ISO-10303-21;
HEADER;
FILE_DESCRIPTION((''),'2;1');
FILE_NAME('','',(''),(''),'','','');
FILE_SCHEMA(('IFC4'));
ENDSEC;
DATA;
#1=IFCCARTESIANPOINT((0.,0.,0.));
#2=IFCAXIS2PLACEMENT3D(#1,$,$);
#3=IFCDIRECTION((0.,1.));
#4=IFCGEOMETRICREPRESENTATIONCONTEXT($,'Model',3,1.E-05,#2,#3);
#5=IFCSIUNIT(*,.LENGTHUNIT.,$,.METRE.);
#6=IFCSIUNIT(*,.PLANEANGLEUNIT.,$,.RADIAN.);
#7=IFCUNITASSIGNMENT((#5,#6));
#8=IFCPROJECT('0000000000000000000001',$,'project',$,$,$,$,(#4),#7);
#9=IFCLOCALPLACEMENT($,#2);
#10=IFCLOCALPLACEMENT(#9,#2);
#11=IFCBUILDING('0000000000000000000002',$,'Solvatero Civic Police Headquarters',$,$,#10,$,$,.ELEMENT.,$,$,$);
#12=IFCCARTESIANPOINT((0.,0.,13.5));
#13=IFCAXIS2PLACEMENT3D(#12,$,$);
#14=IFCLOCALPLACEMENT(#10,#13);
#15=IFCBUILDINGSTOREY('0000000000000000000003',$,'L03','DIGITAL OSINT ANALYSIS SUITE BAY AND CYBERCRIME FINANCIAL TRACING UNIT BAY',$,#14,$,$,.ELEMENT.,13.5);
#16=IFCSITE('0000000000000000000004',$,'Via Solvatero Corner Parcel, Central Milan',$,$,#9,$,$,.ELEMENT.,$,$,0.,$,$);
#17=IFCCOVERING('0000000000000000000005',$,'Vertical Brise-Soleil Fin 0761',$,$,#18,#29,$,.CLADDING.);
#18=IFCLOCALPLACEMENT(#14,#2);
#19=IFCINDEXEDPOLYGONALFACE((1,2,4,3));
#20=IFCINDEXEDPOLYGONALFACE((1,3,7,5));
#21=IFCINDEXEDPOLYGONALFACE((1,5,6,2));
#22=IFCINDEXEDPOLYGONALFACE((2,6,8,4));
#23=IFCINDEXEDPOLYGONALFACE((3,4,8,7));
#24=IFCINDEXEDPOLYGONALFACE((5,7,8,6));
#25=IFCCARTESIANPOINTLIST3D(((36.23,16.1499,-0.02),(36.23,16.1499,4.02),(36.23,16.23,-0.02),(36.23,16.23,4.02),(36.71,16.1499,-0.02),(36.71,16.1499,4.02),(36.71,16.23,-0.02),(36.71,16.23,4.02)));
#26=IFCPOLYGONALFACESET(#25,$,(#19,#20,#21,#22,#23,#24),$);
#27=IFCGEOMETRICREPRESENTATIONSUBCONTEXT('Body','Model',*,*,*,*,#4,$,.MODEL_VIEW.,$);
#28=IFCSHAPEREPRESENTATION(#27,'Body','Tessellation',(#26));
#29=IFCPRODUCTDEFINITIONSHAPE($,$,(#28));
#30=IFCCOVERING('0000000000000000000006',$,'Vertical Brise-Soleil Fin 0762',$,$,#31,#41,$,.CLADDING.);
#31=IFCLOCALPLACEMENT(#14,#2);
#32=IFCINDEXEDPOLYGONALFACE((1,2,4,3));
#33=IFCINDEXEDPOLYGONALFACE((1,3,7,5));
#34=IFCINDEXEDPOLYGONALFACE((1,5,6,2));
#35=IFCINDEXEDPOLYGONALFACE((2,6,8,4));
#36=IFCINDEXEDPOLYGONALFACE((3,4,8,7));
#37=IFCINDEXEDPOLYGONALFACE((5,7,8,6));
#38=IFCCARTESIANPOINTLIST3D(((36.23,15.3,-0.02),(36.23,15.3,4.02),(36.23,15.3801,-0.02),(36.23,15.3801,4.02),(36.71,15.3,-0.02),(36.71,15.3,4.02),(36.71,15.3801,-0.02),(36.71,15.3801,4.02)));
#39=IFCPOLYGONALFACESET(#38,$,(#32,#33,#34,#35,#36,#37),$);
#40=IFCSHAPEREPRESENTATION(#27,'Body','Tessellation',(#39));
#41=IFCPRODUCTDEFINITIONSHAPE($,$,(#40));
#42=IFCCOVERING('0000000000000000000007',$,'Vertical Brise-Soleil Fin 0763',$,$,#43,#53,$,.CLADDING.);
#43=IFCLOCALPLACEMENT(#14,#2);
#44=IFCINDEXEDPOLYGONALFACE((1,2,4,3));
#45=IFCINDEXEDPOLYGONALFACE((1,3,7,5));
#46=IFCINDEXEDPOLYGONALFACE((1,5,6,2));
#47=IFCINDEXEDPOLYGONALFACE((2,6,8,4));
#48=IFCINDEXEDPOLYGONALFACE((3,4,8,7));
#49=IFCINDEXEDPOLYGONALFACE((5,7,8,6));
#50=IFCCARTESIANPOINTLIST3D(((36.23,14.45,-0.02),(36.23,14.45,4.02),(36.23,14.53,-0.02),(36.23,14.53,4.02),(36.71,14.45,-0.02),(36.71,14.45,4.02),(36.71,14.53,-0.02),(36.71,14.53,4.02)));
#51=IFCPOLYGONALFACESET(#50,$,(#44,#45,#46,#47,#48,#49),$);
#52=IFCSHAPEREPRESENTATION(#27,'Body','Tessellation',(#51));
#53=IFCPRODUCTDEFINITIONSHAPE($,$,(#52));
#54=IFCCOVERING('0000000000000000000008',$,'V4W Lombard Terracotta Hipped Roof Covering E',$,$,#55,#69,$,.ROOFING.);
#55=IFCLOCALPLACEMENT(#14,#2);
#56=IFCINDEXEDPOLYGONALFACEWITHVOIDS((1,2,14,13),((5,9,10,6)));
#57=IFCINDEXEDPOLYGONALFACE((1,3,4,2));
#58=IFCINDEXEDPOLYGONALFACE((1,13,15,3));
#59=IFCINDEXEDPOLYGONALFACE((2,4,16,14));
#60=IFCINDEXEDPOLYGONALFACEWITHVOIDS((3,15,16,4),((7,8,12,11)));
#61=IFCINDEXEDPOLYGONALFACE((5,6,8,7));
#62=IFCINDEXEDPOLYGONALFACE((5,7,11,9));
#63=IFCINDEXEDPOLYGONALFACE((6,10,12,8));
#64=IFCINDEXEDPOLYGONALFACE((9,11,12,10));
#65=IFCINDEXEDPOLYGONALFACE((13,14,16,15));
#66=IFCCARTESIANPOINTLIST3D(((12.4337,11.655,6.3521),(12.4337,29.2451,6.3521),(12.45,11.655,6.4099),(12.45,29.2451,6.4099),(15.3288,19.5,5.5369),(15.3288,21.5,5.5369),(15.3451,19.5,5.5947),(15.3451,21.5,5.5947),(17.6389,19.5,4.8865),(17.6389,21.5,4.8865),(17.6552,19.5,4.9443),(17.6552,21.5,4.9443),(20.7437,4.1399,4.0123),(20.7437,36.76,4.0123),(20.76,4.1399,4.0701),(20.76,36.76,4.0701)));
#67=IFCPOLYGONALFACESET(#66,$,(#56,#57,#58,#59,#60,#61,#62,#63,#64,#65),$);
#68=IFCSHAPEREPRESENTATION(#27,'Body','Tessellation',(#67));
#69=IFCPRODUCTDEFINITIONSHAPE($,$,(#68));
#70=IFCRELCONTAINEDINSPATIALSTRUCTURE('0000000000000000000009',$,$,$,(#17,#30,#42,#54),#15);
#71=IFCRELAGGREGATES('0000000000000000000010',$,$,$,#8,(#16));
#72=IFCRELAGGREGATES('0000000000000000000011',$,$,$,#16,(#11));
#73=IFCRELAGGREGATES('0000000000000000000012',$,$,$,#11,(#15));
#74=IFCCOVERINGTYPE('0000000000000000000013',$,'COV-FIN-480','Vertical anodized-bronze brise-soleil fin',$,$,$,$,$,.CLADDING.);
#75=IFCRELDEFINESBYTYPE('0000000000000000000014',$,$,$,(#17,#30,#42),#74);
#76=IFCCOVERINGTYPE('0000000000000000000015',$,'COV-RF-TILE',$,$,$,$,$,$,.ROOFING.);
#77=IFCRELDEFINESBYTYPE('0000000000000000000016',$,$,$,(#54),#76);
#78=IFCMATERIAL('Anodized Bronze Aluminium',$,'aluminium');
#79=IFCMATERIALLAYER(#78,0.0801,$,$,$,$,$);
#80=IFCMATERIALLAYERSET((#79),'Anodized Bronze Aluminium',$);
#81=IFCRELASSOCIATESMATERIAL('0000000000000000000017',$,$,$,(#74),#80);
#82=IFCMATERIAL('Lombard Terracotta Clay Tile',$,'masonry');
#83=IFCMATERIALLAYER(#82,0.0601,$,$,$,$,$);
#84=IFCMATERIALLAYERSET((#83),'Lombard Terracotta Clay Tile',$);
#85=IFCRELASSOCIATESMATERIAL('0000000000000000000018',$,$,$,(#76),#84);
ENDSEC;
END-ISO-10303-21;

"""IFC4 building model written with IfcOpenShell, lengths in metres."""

from ifc_helpers import new_model, si_unit, direction, frame, origin, origin_2d, place, context, subcontext, project, spatial, polyline, rectangle, outline, extrude, material, layer, layer_set, type_object, element, save


model = new_model("IFC4")

# Units and contexts
model_context = context("Model", 3, precision=1e-05, world=origin(), true_north=direction((0.0, 1.0)))
body_context = subcontext(model_context, "Body", "Model", "MODEL_VIEW")
ifc_project = project(units=[si_unit("LENGTHUNIT", "METRE"), si_unit("PLANEANGLEUNIT", "RADIAN")], contexts=[model_context])

# Site, building, storey
site_placement = place(None, origin())
site = spatial("IfcSite", under=ifc_project, at=site_placement, Name="Via Solvatero Corner Parcel, Central Milan", CompositionType="ELEMENT", RefElevation=0.0)
building_placement = place(site_placement, origin())
building = spatial("IfcBuilding", under=site, at=building_placement, Name="Solvatero Civic Police Headquarters", CompositionType="ELEMENT")
storey_placement = place(building_placement, frame((0.0, 0.0, 13.5)))
storey = spatial("IfcBuildingStorey", under=building, at=storey_placement, Name="L03", Description="DIGITAL OSINT ANALYSIS SUITE BAY AND CYBERCRIME FINANCIAL TRACING UNIT BAY", CompositionType="ELEMENT", Elevation=13.5)

# Coverings
ifc_material_1 = material(Name="Anodized Bronze Aluminium", Category="aluminium")
ifc_layer_1 = layer(ifc_material_1, 0.0801)
ifc_layer_set_1 = layer_set([ifc_layer_1], Name="Anodized Bronze Aluminium")
covering_type_1 = type_object("IfcCoveringType", Name="COV-FIN-480", Description="Vertical anodized-bronze brise-soleil fin", PredefinedType="CLADDING", material=ifc_layer_set_1)
for number, where, z_axis, x_axis, name in (
    (1, (36.47, 16.1899, -0.02), (0.0, 0.0, 1.0), (0.0, -1.0, 0.0), "Vertical Brise-Soleil Fin 0761"),
    (2, (36.47, 15.3401, -0.02), (0.0, 0.0, 1.0), (0.0, -1.0, 0.0), "Vertical Brise-Soleil Fin 0762"),
    (3, (36.47, 14.49, -0.02), (0.0, 0.0, 1.0), (0.0, -1.0, 0.0), "Vertical Brise-Soleil Fin 0763"),
):
    element("IfcCovering", number, at=place(storey_placement, frame(where, z_axis=z_axis, x_axis=x_axis)), inside=storey, type_object=covering_type_1, Name=name, PredefinedType="CLADDING", context=body_context, shape_type="SweptSolid", body=[
        extrude(rectangle(XDim=0.0801, YDim=0.48, at=origin_2d()), origin(), (0.0, 0.0, 1.0), 4.04),
    ])

# Covering, opening
ifc_material_2 = material(Name="Lombard Terracotta Clay Tile", Category="masonry")
ifc_layer_2 = layer(ifc_material_2, 0.0601)
ifc_layer_set_2 = layer_set([ifc_layer_2], Name="Lombard Terracotta Clay Tile")
covering_type_2 = type_object("IfcCoveringType", Name="COV-RF-TILE", PredefinedType="ROOFING", material=ifc_layer_set_2)
covering_placement = place(storey_placement, frame((20.76, 4.1399, 4.0701), z_axis=(0.271029, 0.0, 0.962571), x_axis=(0.0, 1.0, 0.0)))
covering = element("IfcCovering", 4, at=covering_placement, inside=storey, type_object=covering_type_2, Name="V4W Lombard Terracotta Hipped Roof Covering E", PredefinedType="ROOFING", context=body_context, shape_type="SweptSolid", body=[
    extrude(outline(polyline([(0.0, 0.0), (32.6201, 0.0), (25.1052, 8.6332), (7.5151, 8.6332), (0.0, 0.0)])), origin(), (0.0, 0.0, -1.0), 0.0601),
])
opening_placement = place(covering_placement, frame((16.3601, 4.4255, 0.0)))
element("IfcOpeningElement", 5, at=opening_placement, cuts=covering, PredefinedType="OPENING", context=body_context, shape_type="SweptSolid", body=[
    extrude(rectangle(XDim=2.0, YDim=2.3999, at=origin_2d()), frame((0.0, 0.0, -0.1802)), (0.0, 0.0, 1.0), 0.3),
])

save(model, "model.ifc")
